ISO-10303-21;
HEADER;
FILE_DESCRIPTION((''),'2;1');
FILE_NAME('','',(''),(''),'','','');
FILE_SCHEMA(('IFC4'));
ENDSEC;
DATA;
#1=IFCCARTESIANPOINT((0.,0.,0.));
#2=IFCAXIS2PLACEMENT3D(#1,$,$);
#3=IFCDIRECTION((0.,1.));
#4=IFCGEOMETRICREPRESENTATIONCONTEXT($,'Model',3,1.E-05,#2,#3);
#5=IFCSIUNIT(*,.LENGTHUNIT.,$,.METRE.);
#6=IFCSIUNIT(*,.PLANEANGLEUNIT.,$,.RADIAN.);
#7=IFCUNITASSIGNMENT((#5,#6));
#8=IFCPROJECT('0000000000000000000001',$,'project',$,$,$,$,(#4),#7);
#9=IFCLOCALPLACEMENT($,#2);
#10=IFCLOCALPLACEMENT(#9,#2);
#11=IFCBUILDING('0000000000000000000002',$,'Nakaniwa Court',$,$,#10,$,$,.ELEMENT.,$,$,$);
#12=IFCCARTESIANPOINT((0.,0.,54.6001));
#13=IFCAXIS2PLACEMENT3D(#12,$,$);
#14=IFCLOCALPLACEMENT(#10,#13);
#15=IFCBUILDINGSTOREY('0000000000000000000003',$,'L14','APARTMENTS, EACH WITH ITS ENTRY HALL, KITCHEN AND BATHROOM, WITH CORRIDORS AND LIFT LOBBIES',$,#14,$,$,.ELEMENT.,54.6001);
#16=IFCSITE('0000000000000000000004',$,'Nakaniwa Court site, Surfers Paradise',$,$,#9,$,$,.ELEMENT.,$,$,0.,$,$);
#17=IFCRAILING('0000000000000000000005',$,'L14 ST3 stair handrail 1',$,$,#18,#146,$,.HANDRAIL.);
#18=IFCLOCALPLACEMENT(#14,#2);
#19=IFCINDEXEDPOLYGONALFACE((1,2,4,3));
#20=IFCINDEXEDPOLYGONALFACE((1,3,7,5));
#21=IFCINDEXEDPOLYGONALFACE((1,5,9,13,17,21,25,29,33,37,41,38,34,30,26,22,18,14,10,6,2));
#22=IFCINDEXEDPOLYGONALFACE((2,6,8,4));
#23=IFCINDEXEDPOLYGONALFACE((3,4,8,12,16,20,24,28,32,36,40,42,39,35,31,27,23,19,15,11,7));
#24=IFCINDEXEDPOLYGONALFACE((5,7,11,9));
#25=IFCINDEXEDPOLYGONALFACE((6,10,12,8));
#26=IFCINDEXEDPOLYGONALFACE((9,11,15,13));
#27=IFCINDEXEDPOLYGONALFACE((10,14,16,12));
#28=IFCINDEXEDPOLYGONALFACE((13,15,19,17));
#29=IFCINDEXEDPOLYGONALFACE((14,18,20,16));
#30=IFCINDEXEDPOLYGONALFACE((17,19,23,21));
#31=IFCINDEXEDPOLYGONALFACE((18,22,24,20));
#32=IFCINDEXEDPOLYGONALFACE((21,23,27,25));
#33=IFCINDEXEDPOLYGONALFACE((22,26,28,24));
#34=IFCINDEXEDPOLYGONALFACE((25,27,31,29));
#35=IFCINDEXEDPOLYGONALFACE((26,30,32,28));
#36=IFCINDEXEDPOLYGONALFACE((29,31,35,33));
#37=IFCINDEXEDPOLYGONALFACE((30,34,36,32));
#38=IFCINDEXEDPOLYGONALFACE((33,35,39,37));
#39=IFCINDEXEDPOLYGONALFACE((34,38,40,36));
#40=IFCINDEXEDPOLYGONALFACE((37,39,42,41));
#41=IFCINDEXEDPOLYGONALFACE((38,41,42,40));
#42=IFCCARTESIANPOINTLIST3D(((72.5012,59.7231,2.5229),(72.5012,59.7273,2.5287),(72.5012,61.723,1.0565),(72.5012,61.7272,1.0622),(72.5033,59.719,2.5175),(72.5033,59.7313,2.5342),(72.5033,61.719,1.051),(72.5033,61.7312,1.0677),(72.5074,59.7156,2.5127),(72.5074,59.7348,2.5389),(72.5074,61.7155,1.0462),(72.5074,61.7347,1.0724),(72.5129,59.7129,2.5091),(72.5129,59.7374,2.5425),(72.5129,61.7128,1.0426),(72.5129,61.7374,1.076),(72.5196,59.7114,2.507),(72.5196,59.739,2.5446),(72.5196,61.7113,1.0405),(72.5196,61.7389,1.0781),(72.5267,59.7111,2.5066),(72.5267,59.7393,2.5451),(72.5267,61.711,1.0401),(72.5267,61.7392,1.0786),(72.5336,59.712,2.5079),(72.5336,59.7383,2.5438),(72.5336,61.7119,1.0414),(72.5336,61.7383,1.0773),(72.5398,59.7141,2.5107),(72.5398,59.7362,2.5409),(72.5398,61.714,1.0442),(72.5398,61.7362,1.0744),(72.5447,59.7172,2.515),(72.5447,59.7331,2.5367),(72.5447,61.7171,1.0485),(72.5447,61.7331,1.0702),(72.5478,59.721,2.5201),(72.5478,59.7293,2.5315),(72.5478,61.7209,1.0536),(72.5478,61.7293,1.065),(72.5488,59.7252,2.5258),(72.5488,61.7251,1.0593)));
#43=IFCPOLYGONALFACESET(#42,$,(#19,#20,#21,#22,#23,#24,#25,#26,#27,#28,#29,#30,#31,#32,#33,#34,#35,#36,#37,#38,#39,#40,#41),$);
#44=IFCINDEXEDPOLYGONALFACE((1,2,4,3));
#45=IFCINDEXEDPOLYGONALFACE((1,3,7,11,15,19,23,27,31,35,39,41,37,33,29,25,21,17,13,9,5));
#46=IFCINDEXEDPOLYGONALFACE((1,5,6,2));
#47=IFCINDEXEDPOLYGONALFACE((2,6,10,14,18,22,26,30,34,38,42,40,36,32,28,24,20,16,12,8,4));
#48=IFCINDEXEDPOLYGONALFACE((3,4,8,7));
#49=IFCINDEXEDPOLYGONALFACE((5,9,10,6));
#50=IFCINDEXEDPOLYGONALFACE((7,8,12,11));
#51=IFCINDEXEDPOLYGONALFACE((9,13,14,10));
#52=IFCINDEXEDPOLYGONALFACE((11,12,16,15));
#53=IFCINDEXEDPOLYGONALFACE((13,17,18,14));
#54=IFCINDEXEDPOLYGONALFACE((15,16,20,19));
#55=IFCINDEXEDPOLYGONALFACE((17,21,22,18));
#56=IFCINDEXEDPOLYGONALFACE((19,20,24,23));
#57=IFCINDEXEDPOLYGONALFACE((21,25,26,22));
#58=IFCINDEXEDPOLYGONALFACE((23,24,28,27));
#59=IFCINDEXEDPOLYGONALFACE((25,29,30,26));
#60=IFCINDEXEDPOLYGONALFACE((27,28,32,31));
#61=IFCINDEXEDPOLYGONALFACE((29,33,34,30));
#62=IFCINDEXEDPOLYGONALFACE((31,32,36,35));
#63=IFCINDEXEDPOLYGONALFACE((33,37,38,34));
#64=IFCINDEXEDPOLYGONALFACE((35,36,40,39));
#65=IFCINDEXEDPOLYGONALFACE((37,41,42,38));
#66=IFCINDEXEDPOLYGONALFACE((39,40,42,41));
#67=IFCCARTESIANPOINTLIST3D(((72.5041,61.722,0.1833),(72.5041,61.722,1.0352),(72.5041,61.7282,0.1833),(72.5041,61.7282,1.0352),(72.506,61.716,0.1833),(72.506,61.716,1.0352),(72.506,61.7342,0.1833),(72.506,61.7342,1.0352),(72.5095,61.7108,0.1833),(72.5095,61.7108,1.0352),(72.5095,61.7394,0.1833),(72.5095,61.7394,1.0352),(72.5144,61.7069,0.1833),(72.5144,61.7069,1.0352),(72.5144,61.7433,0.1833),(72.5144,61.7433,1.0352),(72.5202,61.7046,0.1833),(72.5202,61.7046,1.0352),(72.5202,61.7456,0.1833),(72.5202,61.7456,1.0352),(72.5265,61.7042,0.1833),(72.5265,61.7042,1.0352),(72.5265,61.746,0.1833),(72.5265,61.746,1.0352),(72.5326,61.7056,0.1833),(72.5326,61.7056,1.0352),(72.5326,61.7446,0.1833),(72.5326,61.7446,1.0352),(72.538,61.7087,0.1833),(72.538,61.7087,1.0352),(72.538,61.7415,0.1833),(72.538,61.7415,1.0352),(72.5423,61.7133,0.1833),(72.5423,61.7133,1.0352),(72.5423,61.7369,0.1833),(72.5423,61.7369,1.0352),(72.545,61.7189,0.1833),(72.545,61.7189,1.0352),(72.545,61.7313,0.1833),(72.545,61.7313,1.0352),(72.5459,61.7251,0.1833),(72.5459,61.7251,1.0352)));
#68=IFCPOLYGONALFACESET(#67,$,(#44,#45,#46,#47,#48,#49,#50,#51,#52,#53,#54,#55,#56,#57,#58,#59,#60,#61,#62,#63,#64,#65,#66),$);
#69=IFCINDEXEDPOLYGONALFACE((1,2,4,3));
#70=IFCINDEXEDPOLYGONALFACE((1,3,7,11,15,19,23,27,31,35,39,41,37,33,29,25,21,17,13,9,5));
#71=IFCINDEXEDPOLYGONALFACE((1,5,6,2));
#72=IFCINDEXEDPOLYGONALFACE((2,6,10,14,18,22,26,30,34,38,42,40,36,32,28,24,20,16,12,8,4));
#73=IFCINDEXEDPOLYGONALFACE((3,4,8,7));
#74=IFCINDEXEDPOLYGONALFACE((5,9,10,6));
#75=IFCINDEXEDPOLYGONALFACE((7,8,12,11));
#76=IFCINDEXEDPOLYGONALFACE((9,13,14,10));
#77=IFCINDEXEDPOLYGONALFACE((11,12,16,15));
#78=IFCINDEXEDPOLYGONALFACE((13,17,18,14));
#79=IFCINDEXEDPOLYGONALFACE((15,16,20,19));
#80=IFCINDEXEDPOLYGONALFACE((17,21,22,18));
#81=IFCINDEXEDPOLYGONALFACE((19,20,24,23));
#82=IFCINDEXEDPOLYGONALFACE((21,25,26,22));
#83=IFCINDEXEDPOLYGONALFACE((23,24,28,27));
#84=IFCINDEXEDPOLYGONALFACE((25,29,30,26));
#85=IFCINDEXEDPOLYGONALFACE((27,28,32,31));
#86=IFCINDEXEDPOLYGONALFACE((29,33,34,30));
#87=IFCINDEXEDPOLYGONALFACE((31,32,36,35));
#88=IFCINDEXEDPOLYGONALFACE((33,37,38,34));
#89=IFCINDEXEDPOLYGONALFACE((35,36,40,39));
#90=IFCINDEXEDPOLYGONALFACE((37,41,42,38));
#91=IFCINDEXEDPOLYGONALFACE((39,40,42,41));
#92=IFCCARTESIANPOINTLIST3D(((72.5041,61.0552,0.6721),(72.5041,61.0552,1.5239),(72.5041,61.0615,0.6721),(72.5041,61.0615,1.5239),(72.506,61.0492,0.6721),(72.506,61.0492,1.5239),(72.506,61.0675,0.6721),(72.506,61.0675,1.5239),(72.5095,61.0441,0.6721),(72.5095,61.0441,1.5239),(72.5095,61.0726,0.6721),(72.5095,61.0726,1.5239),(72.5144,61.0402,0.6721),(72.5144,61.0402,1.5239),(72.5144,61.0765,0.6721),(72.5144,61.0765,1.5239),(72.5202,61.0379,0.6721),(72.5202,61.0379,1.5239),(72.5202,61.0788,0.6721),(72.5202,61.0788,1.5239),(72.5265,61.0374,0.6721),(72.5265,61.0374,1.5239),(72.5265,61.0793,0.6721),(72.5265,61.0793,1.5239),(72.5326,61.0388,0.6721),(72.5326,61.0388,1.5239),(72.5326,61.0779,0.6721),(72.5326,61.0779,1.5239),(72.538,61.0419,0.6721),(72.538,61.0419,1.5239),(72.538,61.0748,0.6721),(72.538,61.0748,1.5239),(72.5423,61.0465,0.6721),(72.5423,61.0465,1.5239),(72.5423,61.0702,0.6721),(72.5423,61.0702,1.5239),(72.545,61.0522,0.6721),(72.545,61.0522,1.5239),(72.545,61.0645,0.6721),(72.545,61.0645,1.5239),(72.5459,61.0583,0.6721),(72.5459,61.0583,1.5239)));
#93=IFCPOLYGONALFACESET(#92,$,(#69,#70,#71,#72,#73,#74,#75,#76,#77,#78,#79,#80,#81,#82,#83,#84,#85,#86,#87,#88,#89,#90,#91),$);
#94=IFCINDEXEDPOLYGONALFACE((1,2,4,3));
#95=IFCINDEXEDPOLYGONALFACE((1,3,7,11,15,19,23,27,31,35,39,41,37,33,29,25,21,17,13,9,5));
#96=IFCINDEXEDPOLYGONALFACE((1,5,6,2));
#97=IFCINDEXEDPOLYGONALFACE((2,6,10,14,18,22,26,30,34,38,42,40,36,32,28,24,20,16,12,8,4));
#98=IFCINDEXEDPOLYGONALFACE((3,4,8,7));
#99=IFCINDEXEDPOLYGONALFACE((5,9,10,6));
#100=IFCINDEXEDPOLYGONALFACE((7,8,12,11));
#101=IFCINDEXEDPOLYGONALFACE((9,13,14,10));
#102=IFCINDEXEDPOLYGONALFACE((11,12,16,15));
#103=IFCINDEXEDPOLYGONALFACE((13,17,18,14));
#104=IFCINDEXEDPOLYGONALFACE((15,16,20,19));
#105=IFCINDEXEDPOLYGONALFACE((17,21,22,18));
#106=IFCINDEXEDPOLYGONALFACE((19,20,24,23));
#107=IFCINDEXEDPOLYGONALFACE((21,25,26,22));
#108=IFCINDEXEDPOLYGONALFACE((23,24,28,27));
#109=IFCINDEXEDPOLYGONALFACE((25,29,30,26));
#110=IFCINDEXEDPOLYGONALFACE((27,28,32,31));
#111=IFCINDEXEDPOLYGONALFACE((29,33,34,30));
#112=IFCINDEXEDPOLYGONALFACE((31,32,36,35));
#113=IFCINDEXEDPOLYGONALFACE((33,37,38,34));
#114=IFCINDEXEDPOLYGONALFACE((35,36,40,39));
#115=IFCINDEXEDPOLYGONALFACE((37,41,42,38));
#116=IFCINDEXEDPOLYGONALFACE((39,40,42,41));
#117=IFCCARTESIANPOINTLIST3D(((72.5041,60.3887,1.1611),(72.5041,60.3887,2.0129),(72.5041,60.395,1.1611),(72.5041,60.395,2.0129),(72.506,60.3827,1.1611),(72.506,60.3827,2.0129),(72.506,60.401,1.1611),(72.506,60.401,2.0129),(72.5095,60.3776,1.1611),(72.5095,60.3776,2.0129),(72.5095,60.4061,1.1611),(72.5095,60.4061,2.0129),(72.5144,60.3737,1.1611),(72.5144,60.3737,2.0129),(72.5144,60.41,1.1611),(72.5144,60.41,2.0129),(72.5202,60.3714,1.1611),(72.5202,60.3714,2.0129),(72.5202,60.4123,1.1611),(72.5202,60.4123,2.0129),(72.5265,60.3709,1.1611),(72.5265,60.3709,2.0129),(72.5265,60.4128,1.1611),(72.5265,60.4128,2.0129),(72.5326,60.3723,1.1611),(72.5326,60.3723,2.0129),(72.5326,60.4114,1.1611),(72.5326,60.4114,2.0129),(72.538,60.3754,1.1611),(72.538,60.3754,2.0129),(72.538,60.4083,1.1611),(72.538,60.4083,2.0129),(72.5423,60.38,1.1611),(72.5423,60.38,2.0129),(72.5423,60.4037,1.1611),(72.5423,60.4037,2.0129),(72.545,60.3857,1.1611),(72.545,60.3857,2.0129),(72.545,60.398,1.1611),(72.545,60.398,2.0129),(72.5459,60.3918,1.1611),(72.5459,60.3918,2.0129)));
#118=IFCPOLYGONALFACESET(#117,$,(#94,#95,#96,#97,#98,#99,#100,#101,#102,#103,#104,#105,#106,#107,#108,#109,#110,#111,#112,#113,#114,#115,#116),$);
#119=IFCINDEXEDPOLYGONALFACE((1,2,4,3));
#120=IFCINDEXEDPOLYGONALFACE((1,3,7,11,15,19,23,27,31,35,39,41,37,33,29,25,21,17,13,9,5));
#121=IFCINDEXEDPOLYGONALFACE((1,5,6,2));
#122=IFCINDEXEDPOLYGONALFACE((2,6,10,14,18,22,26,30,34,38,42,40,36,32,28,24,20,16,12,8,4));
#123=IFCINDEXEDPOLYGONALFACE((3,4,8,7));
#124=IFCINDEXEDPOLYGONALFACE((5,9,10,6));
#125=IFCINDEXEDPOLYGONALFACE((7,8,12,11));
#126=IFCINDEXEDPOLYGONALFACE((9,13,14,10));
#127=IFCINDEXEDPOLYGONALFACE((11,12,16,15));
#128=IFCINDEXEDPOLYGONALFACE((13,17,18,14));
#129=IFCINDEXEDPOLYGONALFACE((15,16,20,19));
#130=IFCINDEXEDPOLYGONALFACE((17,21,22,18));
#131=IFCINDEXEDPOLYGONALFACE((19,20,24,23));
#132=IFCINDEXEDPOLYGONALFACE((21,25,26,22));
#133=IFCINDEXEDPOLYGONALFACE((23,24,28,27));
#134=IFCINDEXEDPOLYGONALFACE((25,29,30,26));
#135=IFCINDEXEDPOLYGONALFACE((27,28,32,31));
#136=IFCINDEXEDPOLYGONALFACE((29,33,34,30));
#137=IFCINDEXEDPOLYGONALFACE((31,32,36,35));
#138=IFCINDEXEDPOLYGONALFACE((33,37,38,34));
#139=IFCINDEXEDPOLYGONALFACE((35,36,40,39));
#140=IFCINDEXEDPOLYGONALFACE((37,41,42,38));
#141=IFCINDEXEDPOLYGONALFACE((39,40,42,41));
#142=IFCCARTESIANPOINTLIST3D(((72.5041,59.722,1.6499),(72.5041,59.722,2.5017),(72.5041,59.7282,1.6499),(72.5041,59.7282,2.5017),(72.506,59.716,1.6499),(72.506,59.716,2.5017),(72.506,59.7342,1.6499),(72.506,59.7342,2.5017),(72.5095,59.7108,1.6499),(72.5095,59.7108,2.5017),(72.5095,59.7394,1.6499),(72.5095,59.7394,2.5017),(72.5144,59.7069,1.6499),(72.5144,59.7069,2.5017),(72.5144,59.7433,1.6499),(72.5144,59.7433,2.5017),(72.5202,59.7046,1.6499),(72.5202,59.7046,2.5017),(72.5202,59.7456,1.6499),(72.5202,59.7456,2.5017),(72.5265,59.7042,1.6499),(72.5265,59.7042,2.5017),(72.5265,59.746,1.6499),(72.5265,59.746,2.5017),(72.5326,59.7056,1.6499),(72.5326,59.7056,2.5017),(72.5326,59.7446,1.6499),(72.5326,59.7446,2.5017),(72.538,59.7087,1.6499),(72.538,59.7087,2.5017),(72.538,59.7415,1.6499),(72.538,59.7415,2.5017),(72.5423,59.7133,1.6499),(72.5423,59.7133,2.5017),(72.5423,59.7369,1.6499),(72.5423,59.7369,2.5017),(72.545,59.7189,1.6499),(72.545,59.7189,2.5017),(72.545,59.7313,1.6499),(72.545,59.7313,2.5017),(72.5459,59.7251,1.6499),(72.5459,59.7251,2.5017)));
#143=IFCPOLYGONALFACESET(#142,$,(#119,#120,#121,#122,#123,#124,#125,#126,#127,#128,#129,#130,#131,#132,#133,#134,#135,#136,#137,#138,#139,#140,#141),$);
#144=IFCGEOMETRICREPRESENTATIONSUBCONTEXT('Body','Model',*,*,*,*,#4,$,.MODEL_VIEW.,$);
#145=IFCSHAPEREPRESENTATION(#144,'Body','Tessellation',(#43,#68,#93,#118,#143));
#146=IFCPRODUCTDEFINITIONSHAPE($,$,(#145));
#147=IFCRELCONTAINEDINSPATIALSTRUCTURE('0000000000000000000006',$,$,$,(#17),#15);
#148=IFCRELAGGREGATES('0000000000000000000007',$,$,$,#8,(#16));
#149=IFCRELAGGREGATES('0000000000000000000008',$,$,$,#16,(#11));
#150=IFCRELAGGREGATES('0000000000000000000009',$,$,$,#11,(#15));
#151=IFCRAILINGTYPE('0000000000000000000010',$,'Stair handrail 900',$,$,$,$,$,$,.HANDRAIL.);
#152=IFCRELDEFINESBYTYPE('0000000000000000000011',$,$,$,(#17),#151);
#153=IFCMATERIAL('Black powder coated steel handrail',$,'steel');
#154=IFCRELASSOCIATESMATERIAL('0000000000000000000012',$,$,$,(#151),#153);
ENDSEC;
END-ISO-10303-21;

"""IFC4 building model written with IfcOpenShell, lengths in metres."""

from ifc_helpers import new_model, si_unit, direction, frame, origin, origin_2d, place, context, subcontext, project, spatial, circle, extrude, material, type_object, element, save


model = new_model("IFC4")

# Units and contexts
model_context = context("Model", 3, precision=1e-05, world=origin(), true_north=direction((0.0, 1.0)))
body_context = subcontext(model_context, "Body", "Model", "MODEL_VIEW")
ifc_project = project(units=[si_unit("LENGTHUNIT", "METRE"), si_unit("PLANEANGLEUNIT", "RADIAN")], contexts=[model_context])

# Site, building, storey
site_placement = place(None, origin())
site = spatial("IfcSite", under=ifc_project, at=site_placement, Name="Nakaniwa Court site, Surfers Paradise", CompositionType="ELEMENT", RefElevation=0.0)
building_placement = place(site_placement, origin())
building = spatial("IfcBuilding", under=site, at=building_placement, Name="Nakaniwa Court", CompositionType="ELEMENT")
storey_placement = place(building_placement, frame((0.0, 0.0, 54.6001)))
storey = spatial("IfcBuildingStorey", under=building, at=storey_placement, Name="L14", Description="APARTMENTS, EACH WITH ITS ENTRY HALL, KITCHEN AND BATHROOM, WITH CORRIDORS AND LIFT LOBBIES", CompositionType="ELEMENT", Elevation=54.6001)

# Railing
ifc_material_1 = material(Name="Black powder coated steel handrail", Category="steel")
railing_type_1 = type_object("IfcRailingType", Name="Stair handrail 900", PredefinedType="HANDRAIL", material=ifc_material_1)
railing_1_placement = place(storey_placement, frame((72.5249, 61.7251, 0.1833)))
element("IfcRailing", 1, at=railing_1_placement, inside=storey, type_object=railing_type_1, Name="L14 ST3 stair handrail 1", PredefinedType="HANDRAIL", context=body_context, shape_type="SweptSolid", body=[
    extrude(circle(Radius=0.0239, at=origin_2d()), frame((0.0, 0.0, 0.876), z_axis=(0.0, -0.806427, 0.591334), x_axis=(1.0, 0.0, 0.0)), (0.0, 0.0, 1.0), 2.48),
    extrude(circle(Radius=0.021, at=origin_2d()), origin(), (0.0, 0.0, 1.0), 0.8518),
    extrude(circle(Radius=0.021, at=origin_2d()), frame((0.0, -0.6667, 0.4888)), (0.0, 0.0, 1.0), 0.8518),
    extrude(circle(Radius=0.021, at=origin_2d()), frame((0.0, -1.3333, 0.9778)), (0.0, 0.0, 1.0), 0.8518),
    extrude(circle(Radius=0.021, at=origin_2d()), frame((0.0, -2.0, 1.4666)), (0.0, 0.0, 1.0), 0.8518),
])

save(model, "model.ifc")
